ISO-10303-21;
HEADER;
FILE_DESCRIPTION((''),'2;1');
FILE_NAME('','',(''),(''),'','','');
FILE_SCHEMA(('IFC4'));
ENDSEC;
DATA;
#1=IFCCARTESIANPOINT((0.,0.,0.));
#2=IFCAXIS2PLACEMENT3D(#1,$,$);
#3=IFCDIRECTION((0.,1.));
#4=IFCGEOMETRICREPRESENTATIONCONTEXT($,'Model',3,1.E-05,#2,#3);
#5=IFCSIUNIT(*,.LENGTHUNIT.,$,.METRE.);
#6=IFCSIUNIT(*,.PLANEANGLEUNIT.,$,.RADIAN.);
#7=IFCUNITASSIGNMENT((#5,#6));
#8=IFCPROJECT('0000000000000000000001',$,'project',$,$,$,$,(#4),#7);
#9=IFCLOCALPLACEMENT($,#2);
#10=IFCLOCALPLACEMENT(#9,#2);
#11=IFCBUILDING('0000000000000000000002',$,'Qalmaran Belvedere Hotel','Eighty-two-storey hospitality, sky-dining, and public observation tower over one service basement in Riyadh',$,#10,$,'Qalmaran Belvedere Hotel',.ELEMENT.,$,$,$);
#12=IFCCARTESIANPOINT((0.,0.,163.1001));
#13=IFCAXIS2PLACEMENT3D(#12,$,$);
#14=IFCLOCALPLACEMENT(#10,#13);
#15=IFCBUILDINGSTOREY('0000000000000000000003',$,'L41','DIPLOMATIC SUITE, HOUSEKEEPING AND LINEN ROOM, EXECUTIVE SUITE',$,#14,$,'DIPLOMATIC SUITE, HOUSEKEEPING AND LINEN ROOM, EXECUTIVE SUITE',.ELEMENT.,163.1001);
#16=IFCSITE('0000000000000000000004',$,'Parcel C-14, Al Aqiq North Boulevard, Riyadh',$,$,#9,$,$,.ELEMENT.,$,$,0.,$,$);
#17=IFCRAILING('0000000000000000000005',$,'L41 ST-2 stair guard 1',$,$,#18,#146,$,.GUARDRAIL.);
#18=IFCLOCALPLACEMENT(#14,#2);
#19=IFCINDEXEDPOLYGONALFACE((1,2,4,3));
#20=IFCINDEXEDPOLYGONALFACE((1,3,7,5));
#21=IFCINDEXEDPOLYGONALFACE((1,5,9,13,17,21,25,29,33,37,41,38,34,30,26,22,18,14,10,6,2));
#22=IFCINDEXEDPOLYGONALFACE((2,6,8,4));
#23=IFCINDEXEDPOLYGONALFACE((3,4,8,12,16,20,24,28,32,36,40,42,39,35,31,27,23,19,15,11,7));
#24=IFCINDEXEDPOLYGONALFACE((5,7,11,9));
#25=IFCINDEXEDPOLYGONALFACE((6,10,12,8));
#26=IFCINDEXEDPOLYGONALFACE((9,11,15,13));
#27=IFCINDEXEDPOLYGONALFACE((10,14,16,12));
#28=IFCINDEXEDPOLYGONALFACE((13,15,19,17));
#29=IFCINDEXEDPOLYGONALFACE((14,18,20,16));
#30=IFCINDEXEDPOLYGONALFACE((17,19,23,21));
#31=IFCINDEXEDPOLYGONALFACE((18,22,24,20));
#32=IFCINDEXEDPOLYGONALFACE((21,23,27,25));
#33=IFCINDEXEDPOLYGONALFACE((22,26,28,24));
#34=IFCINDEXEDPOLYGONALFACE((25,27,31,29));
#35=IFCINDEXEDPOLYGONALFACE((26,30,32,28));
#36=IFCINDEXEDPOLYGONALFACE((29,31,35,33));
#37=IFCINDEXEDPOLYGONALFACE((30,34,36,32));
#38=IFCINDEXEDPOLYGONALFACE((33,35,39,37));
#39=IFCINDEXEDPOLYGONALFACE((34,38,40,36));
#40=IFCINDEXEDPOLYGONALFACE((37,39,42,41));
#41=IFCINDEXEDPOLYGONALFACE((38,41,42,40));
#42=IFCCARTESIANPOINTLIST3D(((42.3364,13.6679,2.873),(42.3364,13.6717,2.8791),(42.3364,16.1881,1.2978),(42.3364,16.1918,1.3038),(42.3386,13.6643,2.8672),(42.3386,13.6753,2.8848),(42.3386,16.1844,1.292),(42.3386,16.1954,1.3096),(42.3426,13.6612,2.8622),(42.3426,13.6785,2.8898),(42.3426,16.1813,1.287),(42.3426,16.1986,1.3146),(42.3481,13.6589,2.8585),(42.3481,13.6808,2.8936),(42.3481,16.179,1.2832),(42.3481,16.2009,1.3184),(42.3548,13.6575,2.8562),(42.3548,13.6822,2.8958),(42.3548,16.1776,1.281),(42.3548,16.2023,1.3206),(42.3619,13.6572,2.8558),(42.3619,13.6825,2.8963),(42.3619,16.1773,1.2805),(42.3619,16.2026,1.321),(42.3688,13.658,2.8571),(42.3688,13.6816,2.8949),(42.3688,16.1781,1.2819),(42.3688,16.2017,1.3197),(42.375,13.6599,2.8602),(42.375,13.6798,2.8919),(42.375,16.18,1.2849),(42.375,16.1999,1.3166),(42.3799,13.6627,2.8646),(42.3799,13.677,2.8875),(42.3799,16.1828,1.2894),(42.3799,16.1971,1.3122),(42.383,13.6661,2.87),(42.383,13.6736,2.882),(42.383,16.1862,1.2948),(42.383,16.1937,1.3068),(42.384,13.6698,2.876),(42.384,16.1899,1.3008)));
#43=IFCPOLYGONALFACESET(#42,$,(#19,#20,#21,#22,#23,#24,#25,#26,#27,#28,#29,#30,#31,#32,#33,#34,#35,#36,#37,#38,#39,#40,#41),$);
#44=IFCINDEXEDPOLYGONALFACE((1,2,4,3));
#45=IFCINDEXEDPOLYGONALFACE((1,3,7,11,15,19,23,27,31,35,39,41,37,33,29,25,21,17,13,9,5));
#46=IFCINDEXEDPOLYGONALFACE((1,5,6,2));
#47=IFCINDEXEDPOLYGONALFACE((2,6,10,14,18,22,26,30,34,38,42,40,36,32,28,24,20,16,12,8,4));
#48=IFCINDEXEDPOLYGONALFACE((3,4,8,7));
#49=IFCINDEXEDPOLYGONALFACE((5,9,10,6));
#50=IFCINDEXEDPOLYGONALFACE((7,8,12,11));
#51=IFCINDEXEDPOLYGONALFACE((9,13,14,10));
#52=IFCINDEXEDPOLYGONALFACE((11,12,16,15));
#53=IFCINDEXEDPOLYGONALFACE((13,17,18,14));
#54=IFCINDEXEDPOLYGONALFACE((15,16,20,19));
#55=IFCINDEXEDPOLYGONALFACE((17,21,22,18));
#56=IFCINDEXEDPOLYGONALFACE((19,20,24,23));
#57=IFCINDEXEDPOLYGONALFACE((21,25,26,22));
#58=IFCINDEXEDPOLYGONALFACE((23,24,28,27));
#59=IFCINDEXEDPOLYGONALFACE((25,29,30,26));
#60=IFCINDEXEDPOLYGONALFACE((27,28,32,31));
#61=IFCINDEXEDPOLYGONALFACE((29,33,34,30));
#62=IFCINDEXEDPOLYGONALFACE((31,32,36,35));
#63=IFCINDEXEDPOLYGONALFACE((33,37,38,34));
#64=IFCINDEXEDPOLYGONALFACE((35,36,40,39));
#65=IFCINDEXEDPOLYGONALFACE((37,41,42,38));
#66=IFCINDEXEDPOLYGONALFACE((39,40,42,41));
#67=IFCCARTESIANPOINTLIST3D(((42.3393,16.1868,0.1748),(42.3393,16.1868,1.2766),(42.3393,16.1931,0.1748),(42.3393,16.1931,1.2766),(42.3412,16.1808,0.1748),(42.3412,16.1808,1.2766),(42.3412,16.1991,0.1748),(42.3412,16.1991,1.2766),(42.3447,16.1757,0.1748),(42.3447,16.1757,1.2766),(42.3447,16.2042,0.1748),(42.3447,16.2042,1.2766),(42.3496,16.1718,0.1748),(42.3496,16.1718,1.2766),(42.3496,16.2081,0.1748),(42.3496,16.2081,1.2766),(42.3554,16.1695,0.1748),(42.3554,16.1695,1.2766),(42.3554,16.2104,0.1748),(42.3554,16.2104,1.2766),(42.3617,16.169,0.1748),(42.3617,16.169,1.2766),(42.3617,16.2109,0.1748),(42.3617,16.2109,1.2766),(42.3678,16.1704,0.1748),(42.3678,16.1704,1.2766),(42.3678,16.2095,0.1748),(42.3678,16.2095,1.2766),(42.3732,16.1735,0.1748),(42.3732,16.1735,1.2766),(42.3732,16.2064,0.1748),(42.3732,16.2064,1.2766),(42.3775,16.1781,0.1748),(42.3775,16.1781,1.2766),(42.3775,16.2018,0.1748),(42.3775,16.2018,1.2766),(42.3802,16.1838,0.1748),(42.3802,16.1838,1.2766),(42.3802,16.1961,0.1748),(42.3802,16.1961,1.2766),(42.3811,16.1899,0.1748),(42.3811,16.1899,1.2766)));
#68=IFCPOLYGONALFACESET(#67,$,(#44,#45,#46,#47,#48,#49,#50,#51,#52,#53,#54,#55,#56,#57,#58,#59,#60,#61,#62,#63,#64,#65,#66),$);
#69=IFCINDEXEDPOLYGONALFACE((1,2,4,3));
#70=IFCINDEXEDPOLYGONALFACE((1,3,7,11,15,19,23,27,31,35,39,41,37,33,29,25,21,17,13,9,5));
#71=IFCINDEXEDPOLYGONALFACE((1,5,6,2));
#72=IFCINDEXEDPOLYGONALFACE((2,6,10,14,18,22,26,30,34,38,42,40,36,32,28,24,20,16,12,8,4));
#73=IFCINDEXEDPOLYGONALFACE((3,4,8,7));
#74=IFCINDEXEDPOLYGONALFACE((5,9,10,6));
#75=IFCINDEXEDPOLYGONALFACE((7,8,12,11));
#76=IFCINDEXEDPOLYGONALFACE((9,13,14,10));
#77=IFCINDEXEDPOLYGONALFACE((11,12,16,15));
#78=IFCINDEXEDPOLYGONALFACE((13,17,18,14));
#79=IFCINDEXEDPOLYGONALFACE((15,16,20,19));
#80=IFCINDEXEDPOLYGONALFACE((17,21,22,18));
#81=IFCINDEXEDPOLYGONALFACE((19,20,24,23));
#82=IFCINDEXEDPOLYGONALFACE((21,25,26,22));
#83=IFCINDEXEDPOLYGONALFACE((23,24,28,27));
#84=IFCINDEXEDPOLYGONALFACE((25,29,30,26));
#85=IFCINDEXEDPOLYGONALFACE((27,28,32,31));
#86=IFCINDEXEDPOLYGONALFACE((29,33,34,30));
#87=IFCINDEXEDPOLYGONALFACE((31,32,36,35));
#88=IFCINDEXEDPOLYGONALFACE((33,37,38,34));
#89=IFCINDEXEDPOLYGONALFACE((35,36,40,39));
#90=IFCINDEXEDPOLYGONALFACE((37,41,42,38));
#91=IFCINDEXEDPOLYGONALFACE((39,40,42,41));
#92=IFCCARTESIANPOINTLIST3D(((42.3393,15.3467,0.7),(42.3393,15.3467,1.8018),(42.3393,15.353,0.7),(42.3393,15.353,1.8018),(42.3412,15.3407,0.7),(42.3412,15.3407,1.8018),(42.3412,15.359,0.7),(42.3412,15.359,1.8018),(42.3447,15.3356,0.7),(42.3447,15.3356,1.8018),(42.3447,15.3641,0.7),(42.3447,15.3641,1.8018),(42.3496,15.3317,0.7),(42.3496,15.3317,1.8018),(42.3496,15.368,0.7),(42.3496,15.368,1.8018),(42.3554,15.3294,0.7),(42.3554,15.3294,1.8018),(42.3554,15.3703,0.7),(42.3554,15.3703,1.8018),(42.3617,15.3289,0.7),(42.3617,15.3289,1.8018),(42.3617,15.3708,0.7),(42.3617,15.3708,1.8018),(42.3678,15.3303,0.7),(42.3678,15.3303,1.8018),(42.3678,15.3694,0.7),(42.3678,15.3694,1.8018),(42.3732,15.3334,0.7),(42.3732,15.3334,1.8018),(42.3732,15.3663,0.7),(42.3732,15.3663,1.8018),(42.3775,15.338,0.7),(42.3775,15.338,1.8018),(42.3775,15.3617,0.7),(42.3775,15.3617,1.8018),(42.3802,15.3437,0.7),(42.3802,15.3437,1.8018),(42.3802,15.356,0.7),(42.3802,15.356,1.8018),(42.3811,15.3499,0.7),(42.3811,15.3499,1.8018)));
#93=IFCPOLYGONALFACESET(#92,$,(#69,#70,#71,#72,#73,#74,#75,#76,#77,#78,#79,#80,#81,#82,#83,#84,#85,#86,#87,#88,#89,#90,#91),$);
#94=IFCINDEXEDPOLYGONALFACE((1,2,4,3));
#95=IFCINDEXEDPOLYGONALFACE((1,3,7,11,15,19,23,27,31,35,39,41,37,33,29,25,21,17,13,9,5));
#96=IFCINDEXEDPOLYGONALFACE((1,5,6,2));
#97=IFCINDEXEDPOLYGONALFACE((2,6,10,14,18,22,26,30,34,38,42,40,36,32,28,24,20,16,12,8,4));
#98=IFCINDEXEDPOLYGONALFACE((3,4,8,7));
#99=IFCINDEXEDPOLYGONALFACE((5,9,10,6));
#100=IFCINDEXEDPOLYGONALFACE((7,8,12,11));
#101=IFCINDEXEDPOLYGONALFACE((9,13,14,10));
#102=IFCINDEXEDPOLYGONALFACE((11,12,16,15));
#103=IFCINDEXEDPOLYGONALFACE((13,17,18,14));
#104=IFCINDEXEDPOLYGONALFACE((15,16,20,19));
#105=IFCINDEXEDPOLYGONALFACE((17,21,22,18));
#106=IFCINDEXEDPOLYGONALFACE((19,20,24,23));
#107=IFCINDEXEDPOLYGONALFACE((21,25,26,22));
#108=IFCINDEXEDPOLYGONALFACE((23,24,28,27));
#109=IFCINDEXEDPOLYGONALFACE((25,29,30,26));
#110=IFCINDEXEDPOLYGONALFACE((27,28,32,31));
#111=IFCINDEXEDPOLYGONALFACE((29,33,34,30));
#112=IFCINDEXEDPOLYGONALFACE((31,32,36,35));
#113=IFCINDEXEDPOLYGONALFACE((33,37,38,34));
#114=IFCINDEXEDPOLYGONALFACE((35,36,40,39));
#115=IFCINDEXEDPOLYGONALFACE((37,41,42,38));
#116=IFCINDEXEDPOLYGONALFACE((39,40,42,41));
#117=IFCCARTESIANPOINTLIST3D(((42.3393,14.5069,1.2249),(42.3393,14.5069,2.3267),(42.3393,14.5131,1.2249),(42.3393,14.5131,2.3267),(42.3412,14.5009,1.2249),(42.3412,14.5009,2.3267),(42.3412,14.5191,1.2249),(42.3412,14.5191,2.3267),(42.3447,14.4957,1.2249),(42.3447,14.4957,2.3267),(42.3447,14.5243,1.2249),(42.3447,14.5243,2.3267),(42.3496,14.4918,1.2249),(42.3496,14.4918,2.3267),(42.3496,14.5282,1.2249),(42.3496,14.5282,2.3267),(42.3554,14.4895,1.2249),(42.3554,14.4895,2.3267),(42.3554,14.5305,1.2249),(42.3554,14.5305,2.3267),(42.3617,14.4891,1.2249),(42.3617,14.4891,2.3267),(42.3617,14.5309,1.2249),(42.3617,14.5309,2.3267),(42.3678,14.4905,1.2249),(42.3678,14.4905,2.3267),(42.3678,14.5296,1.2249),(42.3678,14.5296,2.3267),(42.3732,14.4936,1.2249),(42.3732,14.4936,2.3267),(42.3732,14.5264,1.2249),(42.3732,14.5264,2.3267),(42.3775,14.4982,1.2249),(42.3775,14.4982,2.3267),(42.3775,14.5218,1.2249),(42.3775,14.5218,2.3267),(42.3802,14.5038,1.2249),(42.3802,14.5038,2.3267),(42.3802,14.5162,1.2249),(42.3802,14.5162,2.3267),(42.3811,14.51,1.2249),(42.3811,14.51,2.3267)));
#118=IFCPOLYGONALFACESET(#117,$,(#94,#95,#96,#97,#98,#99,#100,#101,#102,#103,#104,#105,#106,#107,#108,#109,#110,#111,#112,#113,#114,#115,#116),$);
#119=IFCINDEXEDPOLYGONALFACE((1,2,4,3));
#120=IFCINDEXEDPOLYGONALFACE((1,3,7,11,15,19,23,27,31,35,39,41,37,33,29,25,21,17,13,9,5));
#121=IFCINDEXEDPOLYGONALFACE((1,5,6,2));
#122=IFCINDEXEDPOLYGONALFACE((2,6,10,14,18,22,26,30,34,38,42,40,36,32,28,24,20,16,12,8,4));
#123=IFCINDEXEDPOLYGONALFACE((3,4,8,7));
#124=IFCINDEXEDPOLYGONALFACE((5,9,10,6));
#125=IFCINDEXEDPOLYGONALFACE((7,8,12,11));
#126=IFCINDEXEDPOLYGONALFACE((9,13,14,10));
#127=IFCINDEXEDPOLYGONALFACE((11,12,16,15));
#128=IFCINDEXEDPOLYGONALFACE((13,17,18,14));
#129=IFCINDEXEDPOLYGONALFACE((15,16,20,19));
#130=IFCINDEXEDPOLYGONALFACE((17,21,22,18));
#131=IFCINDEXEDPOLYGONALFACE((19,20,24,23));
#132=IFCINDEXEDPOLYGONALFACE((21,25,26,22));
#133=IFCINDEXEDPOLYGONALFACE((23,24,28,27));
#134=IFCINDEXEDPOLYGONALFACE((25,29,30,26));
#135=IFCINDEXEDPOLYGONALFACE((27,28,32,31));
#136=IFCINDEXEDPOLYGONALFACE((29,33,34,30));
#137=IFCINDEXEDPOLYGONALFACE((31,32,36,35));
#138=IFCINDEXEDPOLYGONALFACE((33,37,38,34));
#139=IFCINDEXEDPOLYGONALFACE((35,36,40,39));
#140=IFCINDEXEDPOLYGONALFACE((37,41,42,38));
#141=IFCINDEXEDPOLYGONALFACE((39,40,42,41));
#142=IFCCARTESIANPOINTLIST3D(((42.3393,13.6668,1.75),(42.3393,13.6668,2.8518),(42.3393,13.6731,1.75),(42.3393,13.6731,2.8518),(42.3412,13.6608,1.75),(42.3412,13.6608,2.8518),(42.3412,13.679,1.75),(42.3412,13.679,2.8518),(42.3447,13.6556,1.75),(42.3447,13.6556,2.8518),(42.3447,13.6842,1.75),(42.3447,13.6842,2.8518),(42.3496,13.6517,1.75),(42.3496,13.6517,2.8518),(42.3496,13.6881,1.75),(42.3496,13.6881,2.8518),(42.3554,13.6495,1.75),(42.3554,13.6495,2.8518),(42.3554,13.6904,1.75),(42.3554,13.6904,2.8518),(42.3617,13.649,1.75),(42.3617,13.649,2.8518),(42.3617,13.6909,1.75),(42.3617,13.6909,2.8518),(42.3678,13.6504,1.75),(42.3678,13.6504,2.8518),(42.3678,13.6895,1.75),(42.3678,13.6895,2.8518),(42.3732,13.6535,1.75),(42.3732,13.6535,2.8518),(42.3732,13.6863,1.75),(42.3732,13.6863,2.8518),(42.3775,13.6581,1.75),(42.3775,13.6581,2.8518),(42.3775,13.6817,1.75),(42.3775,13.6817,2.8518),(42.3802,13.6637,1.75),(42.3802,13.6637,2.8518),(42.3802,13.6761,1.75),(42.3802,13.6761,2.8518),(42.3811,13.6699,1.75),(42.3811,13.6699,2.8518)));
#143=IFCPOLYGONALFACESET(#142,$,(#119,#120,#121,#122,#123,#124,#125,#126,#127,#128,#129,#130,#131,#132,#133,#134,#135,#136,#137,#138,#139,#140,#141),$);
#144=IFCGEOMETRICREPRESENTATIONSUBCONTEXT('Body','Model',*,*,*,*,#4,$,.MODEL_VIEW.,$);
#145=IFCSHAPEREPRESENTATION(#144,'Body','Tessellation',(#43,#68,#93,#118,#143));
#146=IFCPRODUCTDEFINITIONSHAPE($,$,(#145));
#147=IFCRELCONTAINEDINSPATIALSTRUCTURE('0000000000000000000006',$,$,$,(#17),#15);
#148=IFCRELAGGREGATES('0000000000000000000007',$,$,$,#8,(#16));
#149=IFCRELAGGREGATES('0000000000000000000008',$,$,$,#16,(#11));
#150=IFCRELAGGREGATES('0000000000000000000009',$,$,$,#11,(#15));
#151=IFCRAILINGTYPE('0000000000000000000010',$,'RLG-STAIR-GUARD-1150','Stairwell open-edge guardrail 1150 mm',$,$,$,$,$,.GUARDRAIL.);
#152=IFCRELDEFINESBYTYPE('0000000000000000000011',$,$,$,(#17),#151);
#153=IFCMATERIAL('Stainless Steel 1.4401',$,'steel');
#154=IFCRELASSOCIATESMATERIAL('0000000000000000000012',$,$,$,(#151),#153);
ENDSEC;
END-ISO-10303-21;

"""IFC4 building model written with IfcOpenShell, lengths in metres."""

from ifc_helpers import new_model, si_unit, direction, frame, origin, origin_2d, place, context, subcontext, project, spatial, circle, extrude, material, type_object, element, save


model = new_model("IFC4")

# Units and contexts
model_context = context("Model", 3, precision=1e-05, world=origin(), true_north=direction((0.0, 1.0)))
body_context = subcontext(model_context, "Body", "Model", "MODEL_VIEW")
ifc_project = project(units=[si_unit("LENGTHUNIT", "METRE"), si_unit("PLANEANGLEUNIT", "RADIAN")], contexts=[model_context])

# Site, building, storey
site_placement = place(None, origin())
site = spatial("IfcSite", under=ifc_project, at=site_placement, Name="Parcel C-14, Al Aqiq North Boulevard, Riyadh", CompositionType="ELEMENT", RefElevation=0.0)
building_placement = place(site_placement, origin())
building = spatial("IfcBuilding", under=site, at=building_placement, Name="Qalmaran Belvedere Hotel", Description="Eighty-two-storey hospitality, sky-dining, and public observation tower over one service basement in Riyadh", LongName="Qalmaran Belvedere Hotel", CompositionType="ELEMENT")
storey_placement = place(building_placement, frame((0.0, 0.0, 163.1001)))
storey = spatial("IfcBuildingStorey", under=building, at=storey_placement, Name="L41", Description="DIPLOMATIC SUITE, HOUSEKEEPING AND LINEN ROOM, EXECUTIVE SUITE", LongName="DIPLOMATIC SUITE, HOUSEKEEPING AND LINEN ROOM, EXECUTIVE SUITE", CompositionType="ELEMENT", Elevation=163.1001)

# Shared definitions
ifc_material_1 = material(Name="Stainless Steel 1.4401", Category="steel")

# Railing
railing_type_1 = type_object("IfcRailingType", Name="RLG-STAIR-GUARD-1150", Description="Stairwell open-edge guardrail 1150 mm", PredefinedType="GUARDRAIL", material=ifc_material_1)
railing_1_placement = place(storey_placement, frame((42.3601, 16.1899, 0.1748)))
element("IfcRailing", 1, at=railing_1_placement, inside=storey, type_object=railing_type_1, Name="L41 ST-2 stair guard 1", PredefinedType="GUARDRAIL", context=body_context, shape_type="SweptSolid", body=[
    extrude(circle(Radius=0.0239, at=origin_2d()), frame((0.0, 0.0, 1.126), z_axis=(0.0, -0.847971, 0.530043), x_axis=(1.0, 0.0, 0.0)), (0.0, 0.0, 1.0), 2.9719),
    extrude(circle(Radius=0.021, at=origin_2d()), origin(), (0.0, 0.0, 1.0), 1.1018),
    extrude(circle(Radius=0.021, at=origin_2d()), frame((0.0, -0.8401, 0.5251)), (0.0, 0.0, 1.0), 1.1018),
    extrude(circle(Radius=0.021, at=origin_2d()), frame((0.0, -1.6799, 1.05)), (0.0, 0.0, 1.0), 1.1018),
    extrude(circle(Radius=0.021, at=origin_2d()), frame((0.0, -2.52, 1.5752)), (0.0, 0.0, 1.0), 1.1018),
])

save(model, "model.ifc")
